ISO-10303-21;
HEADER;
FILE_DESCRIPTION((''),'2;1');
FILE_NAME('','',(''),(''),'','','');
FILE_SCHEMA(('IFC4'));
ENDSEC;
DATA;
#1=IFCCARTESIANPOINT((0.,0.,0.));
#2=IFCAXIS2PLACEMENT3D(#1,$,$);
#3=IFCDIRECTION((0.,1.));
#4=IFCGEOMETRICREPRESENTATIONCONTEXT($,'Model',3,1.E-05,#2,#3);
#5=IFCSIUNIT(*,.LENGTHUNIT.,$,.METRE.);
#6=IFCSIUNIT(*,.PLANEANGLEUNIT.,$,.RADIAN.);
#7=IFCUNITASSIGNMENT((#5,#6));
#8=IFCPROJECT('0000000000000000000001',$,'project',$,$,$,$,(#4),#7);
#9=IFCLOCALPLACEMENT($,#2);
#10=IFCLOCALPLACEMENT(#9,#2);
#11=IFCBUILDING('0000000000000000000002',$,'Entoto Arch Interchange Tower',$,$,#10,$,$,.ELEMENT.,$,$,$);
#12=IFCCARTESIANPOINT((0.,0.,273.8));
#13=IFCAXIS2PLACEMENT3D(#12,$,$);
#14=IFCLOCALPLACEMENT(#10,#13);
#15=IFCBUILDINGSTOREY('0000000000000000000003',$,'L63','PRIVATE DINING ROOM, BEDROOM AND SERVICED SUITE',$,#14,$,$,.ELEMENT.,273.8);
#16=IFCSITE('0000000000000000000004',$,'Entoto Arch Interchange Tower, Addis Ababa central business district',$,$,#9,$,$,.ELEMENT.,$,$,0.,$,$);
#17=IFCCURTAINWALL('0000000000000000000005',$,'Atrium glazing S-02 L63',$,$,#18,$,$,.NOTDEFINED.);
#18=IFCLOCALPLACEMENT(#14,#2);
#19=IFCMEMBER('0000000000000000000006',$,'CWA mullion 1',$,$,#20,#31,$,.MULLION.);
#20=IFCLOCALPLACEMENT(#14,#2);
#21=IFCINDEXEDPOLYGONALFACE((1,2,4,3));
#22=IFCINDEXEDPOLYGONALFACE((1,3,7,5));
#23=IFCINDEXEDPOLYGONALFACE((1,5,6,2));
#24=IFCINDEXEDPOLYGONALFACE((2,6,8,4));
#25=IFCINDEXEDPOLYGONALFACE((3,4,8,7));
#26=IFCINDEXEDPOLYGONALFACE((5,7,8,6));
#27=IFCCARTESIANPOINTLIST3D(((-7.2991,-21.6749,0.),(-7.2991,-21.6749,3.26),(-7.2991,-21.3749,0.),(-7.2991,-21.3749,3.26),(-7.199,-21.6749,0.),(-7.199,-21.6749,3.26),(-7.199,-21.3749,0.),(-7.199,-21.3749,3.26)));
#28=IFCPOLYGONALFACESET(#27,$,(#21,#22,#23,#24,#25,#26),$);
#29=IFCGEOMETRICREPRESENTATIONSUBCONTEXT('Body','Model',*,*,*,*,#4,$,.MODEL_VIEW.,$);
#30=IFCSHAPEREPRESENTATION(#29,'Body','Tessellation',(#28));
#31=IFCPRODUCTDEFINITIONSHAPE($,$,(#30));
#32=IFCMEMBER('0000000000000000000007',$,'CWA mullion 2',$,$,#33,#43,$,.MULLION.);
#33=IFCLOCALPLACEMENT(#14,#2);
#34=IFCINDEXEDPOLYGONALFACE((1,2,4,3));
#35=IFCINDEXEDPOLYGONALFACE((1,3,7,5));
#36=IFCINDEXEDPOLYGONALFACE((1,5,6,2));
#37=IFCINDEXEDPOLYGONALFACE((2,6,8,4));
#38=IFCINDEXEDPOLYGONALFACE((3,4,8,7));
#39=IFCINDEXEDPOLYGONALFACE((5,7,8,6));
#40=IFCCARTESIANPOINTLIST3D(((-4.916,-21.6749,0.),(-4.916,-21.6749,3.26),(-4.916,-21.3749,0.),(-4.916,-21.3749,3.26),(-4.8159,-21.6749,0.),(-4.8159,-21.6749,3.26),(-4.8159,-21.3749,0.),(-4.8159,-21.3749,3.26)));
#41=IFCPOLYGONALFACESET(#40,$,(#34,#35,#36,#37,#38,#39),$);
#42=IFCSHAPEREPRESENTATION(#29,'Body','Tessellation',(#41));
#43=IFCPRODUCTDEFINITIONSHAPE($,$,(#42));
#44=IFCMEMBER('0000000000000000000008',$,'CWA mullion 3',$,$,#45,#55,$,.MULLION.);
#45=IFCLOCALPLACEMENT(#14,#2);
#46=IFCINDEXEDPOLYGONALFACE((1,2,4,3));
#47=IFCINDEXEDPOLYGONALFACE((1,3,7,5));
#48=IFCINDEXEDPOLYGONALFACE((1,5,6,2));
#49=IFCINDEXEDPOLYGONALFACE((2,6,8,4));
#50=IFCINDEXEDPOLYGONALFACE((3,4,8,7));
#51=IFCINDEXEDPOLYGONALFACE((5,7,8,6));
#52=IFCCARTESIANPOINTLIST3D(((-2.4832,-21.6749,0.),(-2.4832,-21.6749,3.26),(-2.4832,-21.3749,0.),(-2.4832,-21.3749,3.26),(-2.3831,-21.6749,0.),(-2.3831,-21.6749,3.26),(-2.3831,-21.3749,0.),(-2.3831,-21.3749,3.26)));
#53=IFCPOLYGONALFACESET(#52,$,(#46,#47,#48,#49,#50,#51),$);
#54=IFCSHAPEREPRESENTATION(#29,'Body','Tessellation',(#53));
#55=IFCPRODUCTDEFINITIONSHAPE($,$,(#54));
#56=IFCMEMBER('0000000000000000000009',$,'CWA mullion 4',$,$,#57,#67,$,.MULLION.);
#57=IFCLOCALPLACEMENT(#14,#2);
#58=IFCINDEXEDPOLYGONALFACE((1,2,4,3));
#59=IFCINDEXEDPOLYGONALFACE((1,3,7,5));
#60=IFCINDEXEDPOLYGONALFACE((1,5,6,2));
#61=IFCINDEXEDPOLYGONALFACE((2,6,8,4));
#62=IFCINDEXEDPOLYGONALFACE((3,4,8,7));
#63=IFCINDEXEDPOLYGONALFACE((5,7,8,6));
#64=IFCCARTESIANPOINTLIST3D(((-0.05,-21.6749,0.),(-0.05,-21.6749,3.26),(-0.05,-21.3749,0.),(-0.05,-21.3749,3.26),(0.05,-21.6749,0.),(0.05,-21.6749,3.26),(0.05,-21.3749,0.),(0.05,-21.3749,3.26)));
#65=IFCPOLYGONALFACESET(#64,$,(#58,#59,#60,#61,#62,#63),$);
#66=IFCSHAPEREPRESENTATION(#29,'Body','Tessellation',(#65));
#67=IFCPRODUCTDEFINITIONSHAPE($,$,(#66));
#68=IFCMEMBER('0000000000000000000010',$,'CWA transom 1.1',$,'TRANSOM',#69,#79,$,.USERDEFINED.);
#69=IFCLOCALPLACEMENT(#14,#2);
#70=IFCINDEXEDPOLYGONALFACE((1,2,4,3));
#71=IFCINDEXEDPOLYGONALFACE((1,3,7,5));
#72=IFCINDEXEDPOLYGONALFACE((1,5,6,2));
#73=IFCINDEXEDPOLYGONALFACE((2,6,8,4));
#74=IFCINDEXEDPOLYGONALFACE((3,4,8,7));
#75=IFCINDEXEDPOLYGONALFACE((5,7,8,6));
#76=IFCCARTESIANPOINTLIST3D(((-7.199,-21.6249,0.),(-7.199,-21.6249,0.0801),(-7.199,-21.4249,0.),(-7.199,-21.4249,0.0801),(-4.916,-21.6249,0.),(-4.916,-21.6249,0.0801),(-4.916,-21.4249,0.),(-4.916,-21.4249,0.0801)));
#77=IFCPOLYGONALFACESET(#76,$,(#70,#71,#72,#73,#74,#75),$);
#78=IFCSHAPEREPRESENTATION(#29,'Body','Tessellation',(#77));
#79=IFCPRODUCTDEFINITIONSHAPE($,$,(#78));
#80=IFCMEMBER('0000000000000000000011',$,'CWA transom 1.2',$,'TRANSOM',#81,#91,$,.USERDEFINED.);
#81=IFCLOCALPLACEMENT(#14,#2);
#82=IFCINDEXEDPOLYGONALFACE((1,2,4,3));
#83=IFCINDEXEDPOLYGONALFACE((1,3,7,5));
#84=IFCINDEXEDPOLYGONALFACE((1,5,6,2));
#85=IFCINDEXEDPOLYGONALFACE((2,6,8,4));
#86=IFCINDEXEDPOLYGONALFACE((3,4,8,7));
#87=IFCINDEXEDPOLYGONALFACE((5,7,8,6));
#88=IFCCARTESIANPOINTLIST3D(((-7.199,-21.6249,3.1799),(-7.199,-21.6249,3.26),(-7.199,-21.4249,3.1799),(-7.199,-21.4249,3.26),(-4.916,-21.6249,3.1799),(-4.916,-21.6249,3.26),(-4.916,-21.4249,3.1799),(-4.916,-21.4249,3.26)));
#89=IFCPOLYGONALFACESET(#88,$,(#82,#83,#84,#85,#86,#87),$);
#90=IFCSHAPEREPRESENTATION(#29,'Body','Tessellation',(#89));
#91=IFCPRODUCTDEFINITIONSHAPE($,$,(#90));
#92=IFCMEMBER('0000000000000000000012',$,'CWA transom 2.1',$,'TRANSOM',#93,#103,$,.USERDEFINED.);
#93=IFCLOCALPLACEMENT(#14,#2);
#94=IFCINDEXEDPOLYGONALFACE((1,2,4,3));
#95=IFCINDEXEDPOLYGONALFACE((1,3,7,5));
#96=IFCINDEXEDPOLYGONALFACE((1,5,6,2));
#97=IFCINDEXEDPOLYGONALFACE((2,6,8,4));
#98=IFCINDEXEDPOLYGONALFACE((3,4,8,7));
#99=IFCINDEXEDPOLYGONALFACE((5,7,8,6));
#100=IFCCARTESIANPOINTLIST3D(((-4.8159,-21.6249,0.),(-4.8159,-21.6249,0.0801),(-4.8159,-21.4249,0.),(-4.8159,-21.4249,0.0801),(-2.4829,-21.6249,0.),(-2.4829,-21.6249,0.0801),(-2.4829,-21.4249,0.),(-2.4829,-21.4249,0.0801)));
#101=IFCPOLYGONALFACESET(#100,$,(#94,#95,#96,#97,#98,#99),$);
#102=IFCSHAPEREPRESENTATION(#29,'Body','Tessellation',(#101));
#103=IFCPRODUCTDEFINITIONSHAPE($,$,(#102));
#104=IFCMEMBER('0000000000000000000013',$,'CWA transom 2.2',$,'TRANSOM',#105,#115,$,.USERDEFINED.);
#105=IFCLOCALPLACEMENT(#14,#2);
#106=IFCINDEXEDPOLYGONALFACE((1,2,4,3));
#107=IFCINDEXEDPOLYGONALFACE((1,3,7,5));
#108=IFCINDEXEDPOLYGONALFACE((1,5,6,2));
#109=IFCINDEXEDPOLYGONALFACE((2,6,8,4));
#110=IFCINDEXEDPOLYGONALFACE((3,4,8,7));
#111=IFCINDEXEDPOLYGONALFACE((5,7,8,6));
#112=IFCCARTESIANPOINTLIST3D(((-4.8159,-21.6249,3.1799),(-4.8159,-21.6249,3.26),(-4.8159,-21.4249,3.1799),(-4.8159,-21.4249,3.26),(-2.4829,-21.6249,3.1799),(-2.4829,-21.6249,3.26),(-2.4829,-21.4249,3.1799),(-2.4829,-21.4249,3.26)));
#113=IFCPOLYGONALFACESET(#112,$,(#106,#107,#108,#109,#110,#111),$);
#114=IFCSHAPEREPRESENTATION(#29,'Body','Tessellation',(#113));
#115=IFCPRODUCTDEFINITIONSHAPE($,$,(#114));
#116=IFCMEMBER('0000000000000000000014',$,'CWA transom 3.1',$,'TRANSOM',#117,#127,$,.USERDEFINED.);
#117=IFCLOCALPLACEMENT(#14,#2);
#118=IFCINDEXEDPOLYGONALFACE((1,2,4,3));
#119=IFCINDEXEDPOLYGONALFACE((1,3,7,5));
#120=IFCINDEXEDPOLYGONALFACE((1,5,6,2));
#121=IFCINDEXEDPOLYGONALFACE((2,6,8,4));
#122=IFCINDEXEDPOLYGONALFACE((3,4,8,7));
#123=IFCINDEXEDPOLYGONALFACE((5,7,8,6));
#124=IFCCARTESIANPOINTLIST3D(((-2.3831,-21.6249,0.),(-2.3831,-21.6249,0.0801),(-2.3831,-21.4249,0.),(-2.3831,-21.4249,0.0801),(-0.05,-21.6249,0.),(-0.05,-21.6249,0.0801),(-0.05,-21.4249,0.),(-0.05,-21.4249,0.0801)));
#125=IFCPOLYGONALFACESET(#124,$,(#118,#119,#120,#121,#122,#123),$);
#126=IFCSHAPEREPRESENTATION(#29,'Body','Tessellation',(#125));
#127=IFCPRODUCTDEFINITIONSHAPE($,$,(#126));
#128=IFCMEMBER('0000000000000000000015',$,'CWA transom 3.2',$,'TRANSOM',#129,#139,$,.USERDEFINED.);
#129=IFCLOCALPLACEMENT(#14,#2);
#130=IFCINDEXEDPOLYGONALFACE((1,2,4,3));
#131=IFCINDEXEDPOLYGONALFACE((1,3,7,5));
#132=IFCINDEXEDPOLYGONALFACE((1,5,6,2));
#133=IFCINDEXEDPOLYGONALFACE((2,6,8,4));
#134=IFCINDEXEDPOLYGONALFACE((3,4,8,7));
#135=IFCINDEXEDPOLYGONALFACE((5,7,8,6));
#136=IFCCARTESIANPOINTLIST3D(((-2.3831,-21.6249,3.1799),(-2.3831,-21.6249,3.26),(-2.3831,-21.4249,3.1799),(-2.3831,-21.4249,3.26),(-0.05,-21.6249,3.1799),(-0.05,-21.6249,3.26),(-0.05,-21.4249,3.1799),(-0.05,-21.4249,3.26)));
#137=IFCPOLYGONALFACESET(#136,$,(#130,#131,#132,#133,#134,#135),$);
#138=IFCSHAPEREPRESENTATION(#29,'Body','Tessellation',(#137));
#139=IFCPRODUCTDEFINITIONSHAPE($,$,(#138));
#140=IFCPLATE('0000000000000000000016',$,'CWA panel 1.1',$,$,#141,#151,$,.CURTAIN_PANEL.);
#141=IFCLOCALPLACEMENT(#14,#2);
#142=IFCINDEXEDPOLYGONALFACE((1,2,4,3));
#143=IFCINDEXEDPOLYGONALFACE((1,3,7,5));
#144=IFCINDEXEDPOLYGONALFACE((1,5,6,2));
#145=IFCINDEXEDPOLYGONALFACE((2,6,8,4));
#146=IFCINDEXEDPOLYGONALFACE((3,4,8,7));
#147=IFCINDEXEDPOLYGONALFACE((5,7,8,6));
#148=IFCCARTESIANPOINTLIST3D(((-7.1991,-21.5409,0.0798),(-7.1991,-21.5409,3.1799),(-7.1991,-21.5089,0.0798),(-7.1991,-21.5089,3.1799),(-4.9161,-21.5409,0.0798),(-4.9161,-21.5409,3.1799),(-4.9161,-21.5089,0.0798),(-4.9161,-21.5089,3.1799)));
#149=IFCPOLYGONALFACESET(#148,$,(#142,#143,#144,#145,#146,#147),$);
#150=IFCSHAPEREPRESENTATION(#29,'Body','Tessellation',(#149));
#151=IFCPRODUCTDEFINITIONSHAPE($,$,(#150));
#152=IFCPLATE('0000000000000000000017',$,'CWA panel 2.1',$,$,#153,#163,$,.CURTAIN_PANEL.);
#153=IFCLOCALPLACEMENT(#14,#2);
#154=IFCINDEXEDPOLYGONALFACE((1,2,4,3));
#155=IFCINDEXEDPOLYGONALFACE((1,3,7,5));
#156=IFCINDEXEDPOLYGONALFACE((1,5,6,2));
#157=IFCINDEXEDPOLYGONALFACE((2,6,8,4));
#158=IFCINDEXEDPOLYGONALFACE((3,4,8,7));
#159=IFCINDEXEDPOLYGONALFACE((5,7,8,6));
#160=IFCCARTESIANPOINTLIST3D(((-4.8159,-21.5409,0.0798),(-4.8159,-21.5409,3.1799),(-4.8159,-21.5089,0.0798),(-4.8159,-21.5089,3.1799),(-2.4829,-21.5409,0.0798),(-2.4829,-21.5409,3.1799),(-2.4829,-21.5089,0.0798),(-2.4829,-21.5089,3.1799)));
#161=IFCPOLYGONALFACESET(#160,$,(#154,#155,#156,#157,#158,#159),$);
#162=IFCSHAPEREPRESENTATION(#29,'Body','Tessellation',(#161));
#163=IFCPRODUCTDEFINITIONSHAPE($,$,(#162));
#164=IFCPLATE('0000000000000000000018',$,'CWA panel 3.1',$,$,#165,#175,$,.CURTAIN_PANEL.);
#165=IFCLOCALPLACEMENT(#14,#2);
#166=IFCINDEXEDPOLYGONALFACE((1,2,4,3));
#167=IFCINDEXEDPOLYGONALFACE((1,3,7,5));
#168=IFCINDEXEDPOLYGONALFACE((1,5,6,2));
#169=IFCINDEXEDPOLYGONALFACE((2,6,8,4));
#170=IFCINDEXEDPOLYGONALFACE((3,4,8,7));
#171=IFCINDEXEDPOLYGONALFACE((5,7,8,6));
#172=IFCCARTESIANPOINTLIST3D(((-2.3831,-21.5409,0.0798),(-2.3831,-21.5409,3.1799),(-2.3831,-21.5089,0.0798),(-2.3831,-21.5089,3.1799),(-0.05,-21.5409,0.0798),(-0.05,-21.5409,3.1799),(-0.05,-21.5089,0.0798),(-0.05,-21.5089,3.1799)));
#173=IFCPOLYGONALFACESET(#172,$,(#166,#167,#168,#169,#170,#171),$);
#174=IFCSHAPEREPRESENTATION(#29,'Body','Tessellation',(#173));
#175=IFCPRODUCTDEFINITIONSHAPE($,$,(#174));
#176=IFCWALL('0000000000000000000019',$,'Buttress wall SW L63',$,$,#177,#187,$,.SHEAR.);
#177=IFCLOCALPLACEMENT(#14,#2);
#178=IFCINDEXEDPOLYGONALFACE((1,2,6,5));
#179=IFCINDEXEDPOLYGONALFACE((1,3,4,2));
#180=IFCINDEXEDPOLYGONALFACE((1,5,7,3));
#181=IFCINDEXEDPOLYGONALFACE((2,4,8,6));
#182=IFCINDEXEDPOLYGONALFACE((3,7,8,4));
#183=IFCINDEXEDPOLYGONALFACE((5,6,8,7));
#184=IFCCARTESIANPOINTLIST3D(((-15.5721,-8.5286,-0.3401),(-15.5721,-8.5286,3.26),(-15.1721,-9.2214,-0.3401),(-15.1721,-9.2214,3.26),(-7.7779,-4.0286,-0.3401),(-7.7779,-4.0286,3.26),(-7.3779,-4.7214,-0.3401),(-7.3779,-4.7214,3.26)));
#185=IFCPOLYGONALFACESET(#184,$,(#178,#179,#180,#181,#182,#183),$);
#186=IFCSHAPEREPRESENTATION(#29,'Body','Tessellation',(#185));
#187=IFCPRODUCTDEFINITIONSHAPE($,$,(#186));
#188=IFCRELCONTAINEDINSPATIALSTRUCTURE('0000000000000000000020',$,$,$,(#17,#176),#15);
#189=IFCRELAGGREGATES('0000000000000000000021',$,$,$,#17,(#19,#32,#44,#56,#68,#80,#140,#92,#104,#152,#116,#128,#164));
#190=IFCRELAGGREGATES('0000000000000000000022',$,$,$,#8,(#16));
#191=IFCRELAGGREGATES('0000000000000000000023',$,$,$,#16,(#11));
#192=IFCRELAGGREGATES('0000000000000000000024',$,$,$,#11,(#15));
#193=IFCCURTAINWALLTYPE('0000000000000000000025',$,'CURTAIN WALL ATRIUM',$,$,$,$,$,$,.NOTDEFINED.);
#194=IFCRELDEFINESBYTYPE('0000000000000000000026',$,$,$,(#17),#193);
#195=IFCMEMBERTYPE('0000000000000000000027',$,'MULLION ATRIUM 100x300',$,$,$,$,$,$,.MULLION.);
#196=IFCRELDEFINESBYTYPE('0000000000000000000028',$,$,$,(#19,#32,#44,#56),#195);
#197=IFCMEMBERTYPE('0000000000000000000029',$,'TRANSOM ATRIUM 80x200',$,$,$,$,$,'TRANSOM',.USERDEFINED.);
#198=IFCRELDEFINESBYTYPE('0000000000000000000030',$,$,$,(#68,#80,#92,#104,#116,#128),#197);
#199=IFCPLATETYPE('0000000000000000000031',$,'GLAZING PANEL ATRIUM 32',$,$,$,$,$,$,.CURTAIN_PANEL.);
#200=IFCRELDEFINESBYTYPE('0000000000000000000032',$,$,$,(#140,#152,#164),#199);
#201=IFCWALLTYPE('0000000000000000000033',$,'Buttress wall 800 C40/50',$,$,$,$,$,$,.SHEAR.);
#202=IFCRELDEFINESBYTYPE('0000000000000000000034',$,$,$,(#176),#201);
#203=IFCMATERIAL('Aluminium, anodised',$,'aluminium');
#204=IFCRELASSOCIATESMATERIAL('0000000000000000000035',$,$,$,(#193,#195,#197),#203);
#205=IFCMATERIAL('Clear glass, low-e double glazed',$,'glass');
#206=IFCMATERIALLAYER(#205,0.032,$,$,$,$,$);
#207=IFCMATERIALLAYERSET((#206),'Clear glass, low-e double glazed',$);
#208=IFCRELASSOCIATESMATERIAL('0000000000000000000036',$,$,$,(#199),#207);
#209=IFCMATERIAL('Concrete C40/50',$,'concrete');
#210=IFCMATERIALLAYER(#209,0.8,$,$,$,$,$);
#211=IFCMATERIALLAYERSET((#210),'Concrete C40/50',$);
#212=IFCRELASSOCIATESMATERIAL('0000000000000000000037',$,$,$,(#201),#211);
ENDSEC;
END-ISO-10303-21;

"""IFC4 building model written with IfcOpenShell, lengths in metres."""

from ifc_helpers import new_model, si_unit, direction, frame, frame_2d, origin, origin_2d, place, context, subcontext, project, spatial, rectangle, extrude, material, layer, layer_set, material_profile, profile_set, type_object, element, aggregate, save


model = new_model("IFC4")

# Units and contexts
model_context = context("Model", 3, precision=1e-05, world=origin(), true_north=direction((0.0, 1.0)))
body_context = subcontext(model_context, "Body", "Model", "MODEL_VIEW")
ifc_project = project(units=[si_unit("LENGTHUNIT", "METRE"), si_unit("PLANEANGLEUNIT", "RADIAN")], contexts=[model_context])

# Site, building, storey
site_placement = place(None, origin())
site = spatial("IfcSite", under=ifc_project, at=site_placement, Name="Entoto Arch Interchange Tower, Addis Ababa central business district", CompositionType="ELEMENT", RefElevation=0.0)
building_placement = place(site_placement, origin())
building = spatial("IfcBuilding", under=site, at=building_placement, Name="Entoto Arch Interchange Tower", CompositionType="ELEMENT")
storey_placement = place(building_placement, frame((0.0, 0.0, 273.8)))
storey = spatial("IfcBuildingStorey", under=building, at=storey_placement, Name="L63", Description="PRIVATE DINING ROOM, BEDROOM AND SERVICED SUITE", CompositionType="ELEMENT", Elevation=273.8)

# Curtain wall, members, plates
ifc_material_1 = material(Name="Aluminium, anodised", Category="aluminium")
curtain_wall_type = type_object("IfcCurtainWallType", Name="CURTAIN WALL ATRIUM", PredefinedType="NOTDEFINED", material=ifc_material_1)
curtain_wall_placement = place(storey_placement, origin())
curtain_wall = element("IfcCurtainWall", 1, at=curtain_wall_placement, inside=storey, type_object=curtain_wall_type, Name="Atrium glazing S-02 L63", PredefinedType="NOTDEFINED")
ifc_material_profile_1 = material_profile(ifc_material_1, rectangle(XDim=0.3, YDim=0.1001, at=origin_2d()))
ifc_profile_set_1 = profile_set([ifc_material_profile_1], Name="Aluminium, anodised")
member_type_1 = type_object("IfcMemberType", Name="MULLION ATRIUM 100x300", PredefinedType="MULLION", material=ifc_profile_set_1)
member_1_placement = place(storey_placement, frame((-7.249, -21.5249, 0.0), z_axis=(0.0, 0.0, 1.0), x_axis=(0.0, 1.0, 0.0)))
member_1 = element("IfcMember", 2, at=member_1_placement, type_object=member_type_1, Name="CWA mullion 1", PredefinedType="MULLION", context=body_context, shape_type="SweptSolid", body=[
    extrude(rectangle(XDim=0.3, YDim=0.1001, at=origin_2d()), origin(), (0.0, 0.0, 1.0), 3.26),
])
member_2_placement = place(storey_placement, frame((-4.866, -21.5249, 0.0), z_axis=(0.0, 0.0, 1.0), x_axis=(0.0, 1.0, 0.0)))
member_2 = element("IfcMember", 3, at=member_2_placement, type_object=member_type_1, Name="CWA mullion 2", PredefinedType="MULLION", context=body_context, shape_type="SweptSolid", body=[
    extrude(rectangle(XDim=0.3, YDim=0.1001, at=origin_2d()), origin(), (0.0, 0.0, 1.0), 3.26),
])
member_3_placement = place(storey_placement, frame((-2.4331, -21.5249, 0.0), z_axis=(0.0, 0.0, 1.0), x_axis=(0.0, 1.0, 0.0)))
member_3 = element("IfcMember", 4, at=member_3_placement, type_object=member_type_1, Name="CWA mullion 3", PredefinedType="MULLION", context=body_context, shape_type="SweptSolid", body=[
    extrude(rectangle(XDim=0.3, YDim=0.1001, at=origin_2d()), origin(), (0.0, 0.0, 1.0), 3.26),
])
member_4_placement = place(storey_placement, frame((0.0, -21.5249, 0.0), z_axis=(0.0, 0.0, 1.0), x_axis=(0.0, 1.0, 0.0)))
member_4 = element("IfcMember", 5, at=member_4_placement, type_object=member_type_1, Name="CWA mullion 4", PredefinedType="MULLION", context=body_context, shape_type="SweptSolid", body=[
    extrude(rectangle(XDim=0.3, YDim=0.1001, at=origin_2d()), origin(), (0.0, 0.0, 1.0), 3.26),
])
ifc_material_profile_2 = material_profile(ifc_material_1, rectangle(XDim=0.2, YDim=0.0801, at=origin_2d()))
ifc_profile_set_2 = profile_set([ifc_material_profile_2], Name="Aluminium, anodised")
member_type_2 = type_object("IfcMemberType", Name="TRANSOM ATRIUM 80x200", ElementType="TRANSOM", PredefinedType="USERDEFINED", material=ifc_profile_set_2)
member_5_placement = place(storey_placement, frame((-7.199, -21.5249, 0.04), z_axis=(1.0, 0.0, 0.0), x_axis=(0.0, 1.0, 0.0)))
member_5 = element("IfcMember", 6, at=member_5_placement, type_object=member_type_2, Name="CWA transom 1.1", ObjectType="TRANSOM", PredefinedType="USERDEFINED", context=body_context, shape_type="SweptSolid", body=[
    extrude(rectangle(XDim=0.2, YDim=0.0801, at=origin_2d()), origin(), (0.0, 0.0, 1.0), 2.283),
])
member_6_placement = place(storey_placement, frame((-7.199, -21.5249, 3.22), z_axis=(1.0, 0.0, 0.0), x_axis=(0.0, 1.0, 0.0)))
member_6 = element("IfcMember", 7, at=member_6_placement, type_object=member_type_2, Name="CWA transom 1.2", ObjectType="TRANSOM", PredefinedType="USERDEFINED", context=body_context, shape_type="SweptSolid", body=[
    extrude(rectangle(XDim=0.2, YDim=0.0801, at=origin_2d()), origin(), (0.0, 0.0, 1.0), 2.283),
])
member_7_placement = place(storey_placement, frame((-4.8159, -21.5249, 0.04), z_axis=(1.0, 0.0, 0.0), x_axis=(0.0, 1.0, 0.0)))
member_7 = element("IfcMember", 8, at=member_7_placement, type_object=member_type_2, Name="CWA transom 2.1", ObjectType="TRANSOM", PredefinedType="USERDEFINED", context=body_context, shape_type="SweptSolid", body=[
    extrude(rectangle(XDim=0.2, YDim=0.0801, at=origin_2d()), origin(), (0.0, 0.0, 1.0), 2.333),
])
member_8_placement = place(storey_placement, frame((-4.8159, -21.5249, 3.22), z_axis=(1.0, 0.0, 0.0), x_axis=(0.0, 1.0, 0.0)))
member_8 = element("IfcMember", 9, at=member_8_placement, type_object=member_type_2, Name="CWA transom 2.2", ObjectType="TRANSOM", PredefinedType="USERDEFINED", context=body_context, shape_type="SweptSolid", body=[
    extrude(rectangle(XDim=0.2, YDim=0.0801, at=origin_2d()), origin(), (0.0, 0.0, 1.0), 2.333),
])
member_9_placement = place(storey_placement, frame((-2.3831, -21.5249, 0.04), z_axis=(1.0, 0.0, 0.0), x_axis=(0.0, 1.0, 0.0)))
member_9 = element("IfcMember", 10, at=member_9_placement, type_object=member_type_2, Name="CWA transom 3.1", ObjectType="TRANSOM", PredefinedType="USERDEFINED", context=body_context, shape_type="SweptSolid", body=[
    extrude(rectangle(XDim=0.2, YDim=0.0801, at=origin_2d()), origin(), (0.0, 0.0, 1.0), 2.333),
])
member_10_placement = place(storey_placement, frame((-2.3831, -21.5249, 3.22), z_axis=(1.0, 0.0, 0.0), x_axis=(0.0, 1.0, 0.0)))
member_10 = element("IfcMember", 11, at=member_10_placement, type_object=member_type_2, Name="CWA transom 3.2", ObjectType="TRANSOM", PredefinedType="USERDEFINED", context=body_context, shape_type="SweptSolid", body=[
    extrude(rectangle(XDim=0.2, YDim=0.0801, at=origin_2d()), origin(), (0.0, 0.0, 1.0), 2.333),
])
ifc_material_2 = material(Name="Clear glass, low-e double glazed", Category="glass")
ifc_layer_1 = layer(ifc_material_2, 0.032)
ifc_layer_set_1 = layer_set([ifc_layer_1], Name="Clear glass, low-e double glazed")
plate_type = type_object("IfcPlateType", Name="GLAZING PANEL ATRIUM 32", PredefinedType="CURTAIN_PANEL", material=ifc_layer_set_1)
plate_1_placement = place(storey_placement, frame((-6.0576, -21.5249, 0.0798), z_axis=(0.0, 0.0, 1.0), x_axis=(1.0, 0.0, 0.0)))
plate_1 = element("IfcPlate", 12, at=plate_1_placement, type_object=plate_type, Name="CWA panel 1.1", PredefinedType="CURTAIN_PANEL", context=body_context, shape_type="SweptSolid", body=[
    extrude(rectangle(XDim=2.283, YDim=0.032, at=origin_2d()), origin(), (0.0, 0.0, 1.0), 3.1001),
])
plate_2_placement = place(storey_placement, frame((-3.6494, -21.5249, 0.0798), z_axis=(0.0, 0.0, 1.0), x_axis=(1.0, 0.0, 0.0)))
plate_2 = element("IfcPlate", 13, at=plate_2_placement, type_object=plate_type, Name="CWA panel 2.1", PredefinedType="CURTAIN_PANEL", context=body_context, shape_type="SweptSolid", body=[
    extrude(rectangle(XDim=2.333, YDim=0.032, at=origin_2d()), origin(), (0.0, 0.0, 1.0), 3.1001),
])
plate_3_placement = place(storey_placement, frame((-1.2166, -21.5249, 0.0798), z_axis=(0.0, 0.0, 1.0), x_axis=(1.0, 0.0, 0.0)))
plate_3 = element("IfcPlate", 14, at=plate_3_placement, type_object=plate_type, Name="CWA panel 3.1", PredefinedType="CURTAIN_PANEL", context=body_context, shape_type="SweptSolid", body=[
    extrude(rectangle(XDim=2.333, YDim=0.032, at=origin_2d()), origin(), (0.0, 0.0, 1.0), 3.1001),
])
aggregate(curtain_wall, [member_1, member_2, member_3, member_4, member_5, member_6, plate_1, member_7, member_8, plate_2, member_9, member_10, plate_3])

# Wall
ifc_material_3 = material(Name="Concrete C40/50", Category="concrete")
ifc_layer_2 = layer(ifc_material_3, 0.8)
ifc_layer_set_2 = layer_set([ifc_layer_2], Name="Concrete C40/50")
wall_type_1 = type_object("IfcWallType", Name="Buttress wall 800 C40/50", PredefinedType="SHEAR", material=ifc_layer_set_2)
wall_1_placement = place(storey_placement, frame((-7.5779, -4.375, -0.3401), z_axis=(0.0, 0.0, 1.0), x_axis=(-0.866024, -0.500002, 0.0)))
element("IfcWall", 15, at=wall_1_placement, inside=storey, type_object=wall_type_1, Name="Buttress wall SW L63", PredefinedType="SHEAR", context=body_context, shape_type="SweptSolid", body=[
    extrude(rectangle(XDim=9.0, YDim=0.8, at=frame_2d((4.5, 0.0))), origin(), (0.0, 0.0, 1.0), 3.6001),
])

save(model, "model.ifc")
